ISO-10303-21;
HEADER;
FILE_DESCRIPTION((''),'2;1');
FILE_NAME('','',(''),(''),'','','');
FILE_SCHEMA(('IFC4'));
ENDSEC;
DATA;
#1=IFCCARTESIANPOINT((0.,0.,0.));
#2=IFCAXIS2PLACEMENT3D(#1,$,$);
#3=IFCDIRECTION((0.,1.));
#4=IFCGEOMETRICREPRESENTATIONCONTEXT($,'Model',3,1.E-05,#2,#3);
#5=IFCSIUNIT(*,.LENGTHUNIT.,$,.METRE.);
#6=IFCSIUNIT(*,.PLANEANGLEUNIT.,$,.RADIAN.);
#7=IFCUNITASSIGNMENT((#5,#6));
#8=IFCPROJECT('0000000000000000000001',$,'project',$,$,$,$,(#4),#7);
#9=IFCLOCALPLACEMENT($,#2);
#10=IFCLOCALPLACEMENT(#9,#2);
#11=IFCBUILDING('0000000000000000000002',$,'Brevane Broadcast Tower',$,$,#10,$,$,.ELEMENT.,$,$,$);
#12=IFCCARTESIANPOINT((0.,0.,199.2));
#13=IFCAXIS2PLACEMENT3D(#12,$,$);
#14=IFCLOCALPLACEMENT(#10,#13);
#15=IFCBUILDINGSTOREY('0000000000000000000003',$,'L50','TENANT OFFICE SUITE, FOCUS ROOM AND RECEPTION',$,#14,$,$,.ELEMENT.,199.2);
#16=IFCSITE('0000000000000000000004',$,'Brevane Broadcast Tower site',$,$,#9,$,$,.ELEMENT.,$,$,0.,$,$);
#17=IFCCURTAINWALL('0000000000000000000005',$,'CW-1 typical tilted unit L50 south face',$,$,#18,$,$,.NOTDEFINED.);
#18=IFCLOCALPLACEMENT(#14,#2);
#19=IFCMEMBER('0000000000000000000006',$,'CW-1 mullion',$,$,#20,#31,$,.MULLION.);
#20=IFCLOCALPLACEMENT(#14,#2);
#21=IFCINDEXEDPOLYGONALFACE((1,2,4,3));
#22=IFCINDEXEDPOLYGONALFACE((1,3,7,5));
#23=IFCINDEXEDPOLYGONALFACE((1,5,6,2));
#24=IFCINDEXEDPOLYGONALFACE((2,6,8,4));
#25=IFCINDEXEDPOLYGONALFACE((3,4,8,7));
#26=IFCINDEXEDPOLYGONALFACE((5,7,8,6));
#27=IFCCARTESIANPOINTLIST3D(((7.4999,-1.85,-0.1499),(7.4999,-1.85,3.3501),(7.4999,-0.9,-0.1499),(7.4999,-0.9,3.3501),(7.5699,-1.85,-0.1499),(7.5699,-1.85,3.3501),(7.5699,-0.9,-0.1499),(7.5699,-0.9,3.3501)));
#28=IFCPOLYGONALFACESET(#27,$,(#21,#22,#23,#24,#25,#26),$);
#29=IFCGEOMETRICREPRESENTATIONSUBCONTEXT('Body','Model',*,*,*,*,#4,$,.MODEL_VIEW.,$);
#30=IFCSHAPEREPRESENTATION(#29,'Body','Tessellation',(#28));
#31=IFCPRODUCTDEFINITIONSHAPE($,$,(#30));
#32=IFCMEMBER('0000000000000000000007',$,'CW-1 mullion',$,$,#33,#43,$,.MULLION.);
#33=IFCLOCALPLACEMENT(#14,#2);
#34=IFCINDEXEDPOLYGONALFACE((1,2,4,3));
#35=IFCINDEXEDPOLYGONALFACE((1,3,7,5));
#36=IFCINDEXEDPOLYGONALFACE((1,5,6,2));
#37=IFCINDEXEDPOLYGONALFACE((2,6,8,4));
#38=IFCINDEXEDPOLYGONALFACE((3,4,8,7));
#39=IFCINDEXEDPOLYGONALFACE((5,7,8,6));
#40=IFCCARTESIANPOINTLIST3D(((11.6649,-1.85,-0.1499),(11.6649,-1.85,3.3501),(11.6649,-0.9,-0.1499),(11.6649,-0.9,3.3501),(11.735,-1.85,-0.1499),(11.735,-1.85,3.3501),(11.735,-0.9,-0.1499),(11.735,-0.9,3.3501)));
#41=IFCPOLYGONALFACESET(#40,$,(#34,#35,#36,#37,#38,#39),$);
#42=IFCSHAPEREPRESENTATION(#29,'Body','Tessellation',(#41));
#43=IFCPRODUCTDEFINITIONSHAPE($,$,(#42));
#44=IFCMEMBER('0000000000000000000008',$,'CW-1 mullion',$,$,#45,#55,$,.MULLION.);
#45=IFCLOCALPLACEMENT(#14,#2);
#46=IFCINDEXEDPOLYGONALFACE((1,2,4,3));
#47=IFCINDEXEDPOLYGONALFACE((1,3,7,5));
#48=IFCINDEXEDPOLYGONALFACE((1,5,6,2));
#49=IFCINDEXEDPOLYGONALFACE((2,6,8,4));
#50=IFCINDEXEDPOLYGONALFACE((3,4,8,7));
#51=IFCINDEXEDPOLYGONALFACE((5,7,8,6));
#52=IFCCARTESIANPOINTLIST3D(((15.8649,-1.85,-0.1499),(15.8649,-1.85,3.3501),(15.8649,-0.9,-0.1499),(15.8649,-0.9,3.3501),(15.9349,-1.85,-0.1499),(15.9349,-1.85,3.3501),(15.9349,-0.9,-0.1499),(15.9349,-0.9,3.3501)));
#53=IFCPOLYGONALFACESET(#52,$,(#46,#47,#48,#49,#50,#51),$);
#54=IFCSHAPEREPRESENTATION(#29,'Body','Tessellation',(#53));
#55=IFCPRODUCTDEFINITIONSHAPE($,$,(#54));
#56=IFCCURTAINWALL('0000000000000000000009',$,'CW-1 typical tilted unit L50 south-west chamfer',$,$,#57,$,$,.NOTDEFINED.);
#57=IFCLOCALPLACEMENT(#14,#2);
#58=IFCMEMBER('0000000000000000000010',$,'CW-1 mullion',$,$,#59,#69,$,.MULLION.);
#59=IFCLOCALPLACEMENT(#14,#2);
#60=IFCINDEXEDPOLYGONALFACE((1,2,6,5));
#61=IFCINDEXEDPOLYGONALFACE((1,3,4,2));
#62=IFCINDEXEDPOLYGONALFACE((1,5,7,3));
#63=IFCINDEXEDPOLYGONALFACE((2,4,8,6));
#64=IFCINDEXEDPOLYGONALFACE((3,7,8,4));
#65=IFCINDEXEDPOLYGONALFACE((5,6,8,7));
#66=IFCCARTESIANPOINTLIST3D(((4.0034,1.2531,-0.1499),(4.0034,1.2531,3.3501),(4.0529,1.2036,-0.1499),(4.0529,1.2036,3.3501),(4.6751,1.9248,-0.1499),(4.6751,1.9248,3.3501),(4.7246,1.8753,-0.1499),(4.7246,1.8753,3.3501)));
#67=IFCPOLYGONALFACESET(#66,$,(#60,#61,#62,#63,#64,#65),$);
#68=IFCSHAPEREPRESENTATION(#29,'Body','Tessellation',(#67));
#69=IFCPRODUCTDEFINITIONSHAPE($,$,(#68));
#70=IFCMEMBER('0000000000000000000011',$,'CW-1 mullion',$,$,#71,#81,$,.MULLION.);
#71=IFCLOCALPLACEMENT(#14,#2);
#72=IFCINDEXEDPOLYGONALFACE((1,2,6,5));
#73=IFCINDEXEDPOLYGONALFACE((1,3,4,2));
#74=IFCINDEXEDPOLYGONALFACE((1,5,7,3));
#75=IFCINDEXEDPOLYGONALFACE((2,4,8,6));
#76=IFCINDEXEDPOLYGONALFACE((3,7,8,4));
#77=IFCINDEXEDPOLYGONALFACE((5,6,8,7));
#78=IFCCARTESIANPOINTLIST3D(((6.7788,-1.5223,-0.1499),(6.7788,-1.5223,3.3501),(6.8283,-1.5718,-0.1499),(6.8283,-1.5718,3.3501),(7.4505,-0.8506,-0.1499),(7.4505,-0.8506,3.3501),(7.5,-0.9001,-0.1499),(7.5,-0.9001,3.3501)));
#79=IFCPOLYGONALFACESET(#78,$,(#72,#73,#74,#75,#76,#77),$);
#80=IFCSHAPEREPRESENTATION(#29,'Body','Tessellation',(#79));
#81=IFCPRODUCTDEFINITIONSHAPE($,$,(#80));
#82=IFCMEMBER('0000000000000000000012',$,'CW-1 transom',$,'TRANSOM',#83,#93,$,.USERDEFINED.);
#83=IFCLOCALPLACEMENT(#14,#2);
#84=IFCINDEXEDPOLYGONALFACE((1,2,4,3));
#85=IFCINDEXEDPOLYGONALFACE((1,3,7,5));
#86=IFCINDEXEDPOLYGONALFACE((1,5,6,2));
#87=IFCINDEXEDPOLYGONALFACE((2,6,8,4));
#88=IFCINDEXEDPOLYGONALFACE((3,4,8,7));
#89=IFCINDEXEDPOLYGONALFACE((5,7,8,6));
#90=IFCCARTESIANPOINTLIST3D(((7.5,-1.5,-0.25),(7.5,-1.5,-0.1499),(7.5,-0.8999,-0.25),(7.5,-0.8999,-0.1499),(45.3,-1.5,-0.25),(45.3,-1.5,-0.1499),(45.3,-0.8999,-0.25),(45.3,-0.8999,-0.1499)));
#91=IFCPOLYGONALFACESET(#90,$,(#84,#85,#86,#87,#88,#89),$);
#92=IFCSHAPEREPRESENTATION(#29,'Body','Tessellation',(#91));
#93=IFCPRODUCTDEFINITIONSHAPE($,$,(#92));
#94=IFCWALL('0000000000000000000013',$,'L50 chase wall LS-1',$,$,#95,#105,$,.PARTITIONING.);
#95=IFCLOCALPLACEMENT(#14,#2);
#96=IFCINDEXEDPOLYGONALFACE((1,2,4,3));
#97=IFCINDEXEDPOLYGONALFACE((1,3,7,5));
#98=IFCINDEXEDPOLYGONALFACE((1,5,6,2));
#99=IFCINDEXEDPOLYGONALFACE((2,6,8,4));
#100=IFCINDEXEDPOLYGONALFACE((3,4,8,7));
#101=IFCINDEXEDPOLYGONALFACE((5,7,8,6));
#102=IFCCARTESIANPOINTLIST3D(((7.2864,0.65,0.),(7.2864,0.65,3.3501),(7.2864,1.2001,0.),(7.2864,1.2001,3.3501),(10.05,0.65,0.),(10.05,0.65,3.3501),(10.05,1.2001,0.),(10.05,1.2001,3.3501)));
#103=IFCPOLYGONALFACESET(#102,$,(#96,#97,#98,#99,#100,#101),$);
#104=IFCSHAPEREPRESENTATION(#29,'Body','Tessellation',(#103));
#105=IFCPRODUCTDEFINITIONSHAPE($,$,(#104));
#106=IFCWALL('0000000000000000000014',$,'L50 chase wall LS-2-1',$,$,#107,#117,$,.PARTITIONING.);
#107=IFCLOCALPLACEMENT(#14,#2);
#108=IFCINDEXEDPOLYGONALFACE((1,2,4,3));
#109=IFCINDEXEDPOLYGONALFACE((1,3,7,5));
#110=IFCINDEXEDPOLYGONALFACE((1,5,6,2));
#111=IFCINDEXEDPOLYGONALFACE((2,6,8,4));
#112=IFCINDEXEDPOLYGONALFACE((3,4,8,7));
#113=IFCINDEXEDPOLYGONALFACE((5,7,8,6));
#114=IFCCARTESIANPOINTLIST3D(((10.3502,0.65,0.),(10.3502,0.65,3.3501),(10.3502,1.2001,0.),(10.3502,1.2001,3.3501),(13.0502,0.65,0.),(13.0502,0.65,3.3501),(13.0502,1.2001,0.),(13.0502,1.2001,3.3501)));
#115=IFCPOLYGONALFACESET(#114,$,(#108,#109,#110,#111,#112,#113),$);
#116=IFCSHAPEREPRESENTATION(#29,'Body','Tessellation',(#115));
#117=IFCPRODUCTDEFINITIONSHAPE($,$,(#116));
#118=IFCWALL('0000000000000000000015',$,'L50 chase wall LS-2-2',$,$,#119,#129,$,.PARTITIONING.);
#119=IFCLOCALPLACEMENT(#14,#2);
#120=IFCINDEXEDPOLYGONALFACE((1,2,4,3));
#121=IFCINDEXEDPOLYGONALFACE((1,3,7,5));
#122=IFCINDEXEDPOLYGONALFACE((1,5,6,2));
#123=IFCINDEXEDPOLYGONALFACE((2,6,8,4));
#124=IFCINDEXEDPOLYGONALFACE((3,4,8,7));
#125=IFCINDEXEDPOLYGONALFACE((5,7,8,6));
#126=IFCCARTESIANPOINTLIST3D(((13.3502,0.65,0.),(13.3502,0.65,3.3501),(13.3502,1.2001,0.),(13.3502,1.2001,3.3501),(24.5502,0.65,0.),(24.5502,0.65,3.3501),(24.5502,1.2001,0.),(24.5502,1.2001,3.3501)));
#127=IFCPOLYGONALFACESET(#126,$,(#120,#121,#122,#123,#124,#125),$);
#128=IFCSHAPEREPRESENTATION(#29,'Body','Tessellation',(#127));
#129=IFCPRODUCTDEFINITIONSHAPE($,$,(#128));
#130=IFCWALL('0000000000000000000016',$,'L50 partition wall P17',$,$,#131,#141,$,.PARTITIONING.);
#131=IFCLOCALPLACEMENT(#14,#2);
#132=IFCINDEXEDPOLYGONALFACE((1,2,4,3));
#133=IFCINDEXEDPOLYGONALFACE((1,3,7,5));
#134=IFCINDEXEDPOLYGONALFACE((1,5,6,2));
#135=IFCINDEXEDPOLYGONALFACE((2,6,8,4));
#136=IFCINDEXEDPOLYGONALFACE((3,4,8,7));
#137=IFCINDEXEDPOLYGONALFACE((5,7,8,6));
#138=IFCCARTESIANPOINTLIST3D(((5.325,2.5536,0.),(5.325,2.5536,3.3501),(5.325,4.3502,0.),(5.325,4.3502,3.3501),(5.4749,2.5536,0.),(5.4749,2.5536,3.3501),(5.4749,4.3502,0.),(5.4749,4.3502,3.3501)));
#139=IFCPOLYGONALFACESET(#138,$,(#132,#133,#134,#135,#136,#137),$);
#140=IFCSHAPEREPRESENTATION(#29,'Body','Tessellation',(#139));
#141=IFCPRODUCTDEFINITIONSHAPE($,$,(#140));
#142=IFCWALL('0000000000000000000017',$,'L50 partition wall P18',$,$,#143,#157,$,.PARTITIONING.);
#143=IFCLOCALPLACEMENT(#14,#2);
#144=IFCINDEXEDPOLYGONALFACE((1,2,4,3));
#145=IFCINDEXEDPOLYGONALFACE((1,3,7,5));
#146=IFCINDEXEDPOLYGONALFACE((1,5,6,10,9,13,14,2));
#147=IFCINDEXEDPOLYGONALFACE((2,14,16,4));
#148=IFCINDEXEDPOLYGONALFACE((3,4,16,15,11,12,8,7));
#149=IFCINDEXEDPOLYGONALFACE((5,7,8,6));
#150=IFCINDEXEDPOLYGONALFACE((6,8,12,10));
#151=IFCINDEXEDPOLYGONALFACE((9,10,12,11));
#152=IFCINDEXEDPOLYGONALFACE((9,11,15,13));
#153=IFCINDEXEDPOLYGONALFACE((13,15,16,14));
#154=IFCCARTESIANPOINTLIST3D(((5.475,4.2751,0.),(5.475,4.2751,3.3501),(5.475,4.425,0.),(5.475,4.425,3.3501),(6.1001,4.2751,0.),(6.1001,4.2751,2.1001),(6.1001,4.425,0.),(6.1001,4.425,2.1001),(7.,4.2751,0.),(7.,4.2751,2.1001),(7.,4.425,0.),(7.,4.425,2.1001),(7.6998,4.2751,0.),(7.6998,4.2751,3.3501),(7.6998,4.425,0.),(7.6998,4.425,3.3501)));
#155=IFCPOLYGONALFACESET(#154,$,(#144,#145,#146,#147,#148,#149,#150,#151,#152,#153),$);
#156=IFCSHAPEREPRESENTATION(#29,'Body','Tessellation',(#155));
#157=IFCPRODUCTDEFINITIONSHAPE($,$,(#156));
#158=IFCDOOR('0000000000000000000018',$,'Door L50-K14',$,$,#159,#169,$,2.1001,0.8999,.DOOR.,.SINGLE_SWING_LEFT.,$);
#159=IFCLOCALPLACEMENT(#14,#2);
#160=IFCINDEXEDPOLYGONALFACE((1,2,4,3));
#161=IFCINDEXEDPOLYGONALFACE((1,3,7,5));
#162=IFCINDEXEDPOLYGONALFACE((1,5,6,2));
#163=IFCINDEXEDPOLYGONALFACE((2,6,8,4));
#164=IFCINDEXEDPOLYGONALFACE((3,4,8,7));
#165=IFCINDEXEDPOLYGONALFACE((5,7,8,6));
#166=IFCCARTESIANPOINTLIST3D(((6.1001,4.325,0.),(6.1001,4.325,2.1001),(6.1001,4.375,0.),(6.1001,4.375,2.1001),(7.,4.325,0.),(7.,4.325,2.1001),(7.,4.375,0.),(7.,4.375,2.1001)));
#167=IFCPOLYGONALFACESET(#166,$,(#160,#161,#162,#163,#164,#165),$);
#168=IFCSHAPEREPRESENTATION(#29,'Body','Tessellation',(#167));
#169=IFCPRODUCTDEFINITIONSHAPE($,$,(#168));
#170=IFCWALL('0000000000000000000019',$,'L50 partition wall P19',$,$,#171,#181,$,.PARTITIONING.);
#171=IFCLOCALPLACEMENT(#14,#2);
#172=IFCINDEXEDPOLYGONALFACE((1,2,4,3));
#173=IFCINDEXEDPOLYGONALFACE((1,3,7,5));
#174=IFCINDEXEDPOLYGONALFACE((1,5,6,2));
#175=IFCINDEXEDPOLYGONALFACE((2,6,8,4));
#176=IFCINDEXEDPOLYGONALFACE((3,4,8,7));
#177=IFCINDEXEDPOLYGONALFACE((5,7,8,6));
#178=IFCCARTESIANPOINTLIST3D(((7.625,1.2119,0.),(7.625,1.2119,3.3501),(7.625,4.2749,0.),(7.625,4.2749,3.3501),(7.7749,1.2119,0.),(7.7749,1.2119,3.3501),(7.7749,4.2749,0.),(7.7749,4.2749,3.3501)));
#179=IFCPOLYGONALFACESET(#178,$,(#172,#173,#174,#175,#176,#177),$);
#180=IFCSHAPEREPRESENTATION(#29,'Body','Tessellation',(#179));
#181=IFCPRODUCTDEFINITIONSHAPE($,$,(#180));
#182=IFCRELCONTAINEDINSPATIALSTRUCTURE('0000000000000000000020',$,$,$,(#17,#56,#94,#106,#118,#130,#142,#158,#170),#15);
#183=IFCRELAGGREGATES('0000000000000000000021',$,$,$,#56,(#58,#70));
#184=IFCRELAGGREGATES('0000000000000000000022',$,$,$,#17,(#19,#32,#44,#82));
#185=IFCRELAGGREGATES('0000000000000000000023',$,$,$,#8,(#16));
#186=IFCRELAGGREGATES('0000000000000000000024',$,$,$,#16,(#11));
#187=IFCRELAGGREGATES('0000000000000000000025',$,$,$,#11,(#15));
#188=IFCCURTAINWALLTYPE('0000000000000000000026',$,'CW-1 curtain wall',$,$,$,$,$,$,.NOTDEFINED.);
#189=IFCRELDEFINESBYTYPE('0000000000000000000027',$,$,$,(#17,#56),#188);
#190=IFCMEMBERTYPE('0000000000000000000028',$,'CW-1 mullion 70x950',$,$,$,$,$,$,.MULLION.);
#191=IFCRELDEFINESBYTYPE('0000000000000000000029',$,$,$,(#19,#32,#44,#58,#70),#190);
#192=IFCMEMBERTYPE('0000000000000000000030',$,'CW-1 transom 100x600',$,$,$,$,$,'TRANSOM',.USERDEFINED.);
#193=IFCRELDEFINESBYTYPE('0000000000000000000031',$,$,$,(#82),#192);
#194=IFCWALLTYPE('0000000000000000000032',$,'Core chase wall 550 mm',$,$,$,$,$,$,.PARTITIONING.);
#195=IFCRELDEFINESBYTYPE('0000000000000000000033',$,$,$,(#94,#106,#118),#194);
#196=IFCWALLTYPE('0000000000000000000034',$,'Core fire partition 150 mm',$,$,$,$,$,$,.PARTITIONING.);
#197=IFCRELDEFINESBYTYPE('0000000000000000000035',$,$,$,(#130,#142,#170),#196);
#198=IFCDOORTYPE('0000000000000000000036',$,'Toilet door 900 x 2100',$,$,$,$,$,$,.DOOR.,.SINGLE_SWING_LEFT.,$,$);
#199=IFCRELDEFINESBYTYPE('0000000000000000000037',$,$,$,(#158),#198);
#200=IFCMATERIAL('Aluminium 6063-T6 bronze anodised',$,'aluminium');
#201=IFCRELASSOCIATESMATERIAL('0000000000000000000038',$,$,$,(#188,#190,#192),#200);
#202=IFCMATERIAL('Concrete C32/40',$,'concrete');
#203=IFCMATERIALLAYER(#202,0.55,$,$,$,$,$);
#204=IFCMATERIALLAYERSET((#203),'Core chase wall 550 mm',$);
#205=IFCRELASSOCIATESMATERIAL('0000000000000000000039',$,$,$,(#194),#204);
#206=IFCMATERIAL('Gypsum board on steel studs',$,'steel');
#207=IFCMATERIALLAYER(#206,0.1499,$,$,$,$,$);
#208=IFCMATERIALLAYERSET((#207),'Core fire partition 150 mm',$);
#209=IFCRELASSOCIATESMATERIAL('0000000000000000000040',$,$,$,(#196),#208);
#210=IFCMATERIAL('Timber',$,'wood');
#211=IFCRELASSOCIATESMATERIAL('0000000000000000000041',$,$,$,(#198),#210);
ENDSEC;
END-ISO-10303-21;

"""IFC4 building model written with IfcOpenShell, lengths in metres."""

from ifc_helpers import new_model, si_unit, direction, frame, frame_2d, origin, origin_2d, place, context, subcontext, project, spatial, rectangle, extrude, material, layer, layer_set, material_profile, profile_set, type_object, element, fill, aggregate, save


model = new_model("IFC4")

# Units and contexts
model_context = context("Model", 3, precision=1e-05, world=origin(), true_north=direction((0.0, 1.0)))
body_context = subcontext(model_context, "Body", "Model", "MODEL_VIEW")
ifc_project = project(units=[si_unit("LENGTHUNIT", "METRE"), si_unit("PLANEANGLEUNIT", "RADIAN")], contexts=[model_context])

# Site, building, storey
site_placement = place(None, origin())
site = spatial("IfcSite", under=ifc_project, at=site_placement, Name="Brevane Broadcast Tower site", CompositionType="ELEMENT", RefElevation=0.0)
building_placement = place(site_placement, origin())
building = spatial("IfcBuilding", under=site, at=building_placement, Name="Brevane Broadcast Tower", CompositionType="ELEMENT")
storey_placement = place(building_placement, frame((0.0, 0.0, 199.2)))
storey = spatial("IfcBuildingStorey", under=building, at=storey_placement, Name="L50", Description="TENANT OFFICE SUITE, FOCUS ROOM AND RECEPTION", CompositionType="ELEMENT", Elevation=199.2)

# Curtain walls, members
ifc_material_1 = material(Name="Aluminium 6063-T6 bronze anodised", Category="aluminium")
curtain_wall_type = type_object("IfcCurtainWallType", Name="CW-1 curtain wall", PredefinedType="NOTDEFINED", material=ifc_material_1)
curtain_wall_1_placement = place(storey_placement, origin())
curtain_wall_1 = element("IfcCurtainWall", 1, at=curtain_wall_1_placement, inside=storey, type_object=curtain_wall_type, Name="CW-1 typical tilted unit L50 south face", PredefinedType="NOTDEFINED")
ifc_material_profile_1 = material_profile(ifc_material_1, rectangle(XDim=0.95, YDim=0.0701, at=origin_2d()), Name="RECT 70x950")
ifc_profile_set_1 = profile_set([ifc_material_profile_1], Name="Aluminium 6063-T6 bronze anodised")
member_type_1 = type_object("IfcMemberType", Name="CW-1 mullion 70x950", PredefinedType="MULLION", material=ifc_profile_set_1)
member_1_placement = place(storey_placement, frame((7.5349, -1.375, -0.1499), z_axis=(0.0, 0.0, 1.0), x_axis=(0.0, 1.0, 0.0)))
member_1 = element("IfcMember", 2, at=member_1_placement, type_object=member_type_1, Name="CW-1 mullion", PredefinedType="MULLION", context=body_context, shape_type="SweptSolid", body=[
    extrude(rectangle(XDim=0.95, YDim=0.0701, at=origin_2d()), origin(), (0.0, 0.0, 1.0), 3.5),
])
member_2_placement = place(storey_placement, frame((11.7, -1.375, -0.1499), z_axis=(0.0, 0.0, 1.0), x_axis=(0.0, 1.0, 0.0)))
member_2 = element("IfcMember", 3, at=member_2_placement, type_object=member_type_1, Name="CW-1 mullion", PredefinedType="MULLION", context=body_context, shape_type="SweptSolid", body=[
    extrude(rectangle(XDim=0.95, YDim=0.0701, at=origin_2d()), origin(), (0.0, 0.0, 1.0), 3.5),
])
member_3_placement = place(storey_placement, frame((15.8999, -1.375, -0.1499), z_axis=(0.0, 0.0, 1.0), x_axis=(0.0, 1.0, 0.0)))
member_3 = element("IfcMember", 4, at=member_3_placement, type_object=member_type_1, Name="CW-1 mullion", PredefinedType="MULLION", context=body_context, shape_type="SweptSolid", body=[
    extrude(rectangle(XDim=0.95, YDim=0.0701, at=origin_2d()), origin(), (0.0, 0.0, 1.0), 3.5),
])
curtain_wall_2_placement = place(storey_placement, origin())
curtain_wall_2 = element("IfcCurtainWall", 5, at=curtain_wall_2_placement, inside=storey, type_object=curtain_wall_type, Name="CW-1 typical tilted unit L50 south-west chamfer", PredefinedType="NOTDEFINED")
member_4_placement = place(storey_placement, frame((4.364, 1.5642, -0.1499), z_axis=(0.0, 0.0, 1.0), x_axis=(0.707107, 0.707107, 0.0)))
member_4 = element("IfcMember", 6, at=member_4_placement, type_object=member_type_1, Name="CW-1 mullion", PredefinedType="MULLION", context=body_context, shape_type="SweptSolid", body=[
    extrude(rectangle(XDim=0.95, YDim=0.0701, at=origin_2d()), origin(), (0.0, 0.0, 1.0), 3.5),
])
member_5_placement = place(storey_placement, frame((7.1394, -1.2112, -0.1499), z_axis=(0.0, 0.0, 1.0), x_axis=(0.707107, 0.707107, 0.0)))
member_5 = element("IfcMember", 7, at=member_5_placement, type_object=member_type_1, Name="CW-1 mullion", PredefinedType="MULLION", context=body_context, shape_type="SweptSolid", body=[
    extrude(rectangle(XDim=0.95, YDim=0.0701, at=origin_2d()), origin(), (0.0, 0.0, 1.0), 3.5),
])
aggregate(curtain_wall_2, [member_4, member_5])

# Member
ifc_material_profile_2 = material_profile(ifc_material_1, rectangle(XDim=0.6001, YDim=0.1001, at=origin_2d()), Name="RECT 100x600")
ifc_profile_set_2 = profile_set([ifc_material_profile_2], Name="Aluminium 6063-T6 bronze anodised")
member_type_2 = type_object("IfcMemberType", Name="CW-1 transom 100x600", ElementType="TRANSOM", PredefinedType="USERDEFINED", material=ifc_profile_set_2)
member_6_placement = place(storey_placement, frame((7.5, -1.2, -0.2), z_axis=(1.0, 0.0, 0.0), x_axis=(0.0, 1.0, 0.0)))
member_6 = element("IfcMember", 8, at=member_6_placement, type_object=member_type_2, Name="CW-1 transom", ObjectType="TRANSOM", PredefinedType="USERDEFINED", context=body_context, shape_type="SweptSolid", body=[
    extrude(rectangle(XDim=0.6001, YDim=0.1001, at=origin_2d()), origin(), (0.0, 0.0, 1.0), 37.8),
])
aggregate(curtain_wall_1, [member_1, member_2, member_3, member_6])

# Walls
ifc_material_2 = material(Name="Concrete C32/40", Category="concrete")
ifc_layer_1 = layer(ifc_material_2, 0.55)
ifc_layer_set_1 = layer_set([ifc_layer_1], Name="Core chase wall 550 mm")
wall_type_1 = type_object("IfcWallType", Name="Core chase wall 550 mm", PredefinedType="PARTITIONING", material=ifc_layer_set_1)
wall_1_placement = place(storey_placement, frame((7.2864, 0.925, 0.0), z_axis=(0.0, 0.0, 1.0), x_axis=(1.0, 0.0, 0.0)))
element("IfcWall", 9, at=wall_1_placement, inside=storey, type_object=wall_type_1, Name="L50 chase wall LS-1", PredefinedType="PARTITIONING", context=body_context, shape_type="SweptSolid", body=[
    extrude(rectangle(XDim=2.7637, YDim=0.55, at=frame_2d((1.3818, 0.0))), origin(), (0.0, 0.0, 1.0), 3.3501),
])
wall_2_placement = place(storey_placement, frame((10.3501, 0.925, 0.0), z_axis=(0.0, 0.0, 1.0), x_axis=(1.0, 0.0, 0.0)))
element("IfcWall", 10, at=wall_2_placement, inside=storey, type_object=wall_type_1, Name="L50 chase wall LS-2-1", PredefinedType="PARTITIONING", context=body_context, shape_type="SweptSolid", body=[
    extrude(rectangle(XDim=2.7, YDim=0.55, at=frame_2d((1.3501, 0.0))), origin(), (0.0, 0.0, 1.0), 3.3501),
])
wall_3_placement = place(storey_placement, frame((13.3501, 0.925, 0.0), z_axis=(0.0, 0.0, 1.0), x_axis=(1.0, 0.0, 0.0)))
element("IfcWall", 11, at=wall_3_placement, inside=storey, type_object=wall_type_1, Name="L50 chase wall LS-2-2", PredefinedType="PARTITIONING", context=body_context, shape_type="SweptSolid", body=[
    extrude(rectangle(XDim=11.2, YDim=0.55, at=frame_2d((5.6001, 0.0))), origin(), (0.0, 0.0, 1.0), 3.3501),
])
ifc_material_3 = material(Name="Gypsum board on steel studs", Category="steel")
ifc_layer_2 = layer(ifc_material_3, 0.1499)
ifc_layer_set_2 = layer_set([ifc_layer_2], Name="Core fire partition 150 mm")
wall_type_2 = type_object("IfcWallType", Name="Core fire partition 150 mm", PredefinedType="PARTITIONING", material=ifc_layer_set_2)
wall_4_placement = place(storey_placement, frame((5.3999, 2.5535, 0.0), z_axis=(0.0, 0.0, 1.0), x_axis=(0.0, 1.0, 0.0)))
element("IfcWall", 12, at=wall_4_placement, inside=storey, type_object=wall_type_2, Name="L50 partition wall P17", PredefinedType="PARTITIONING", context=body_context, shape_type="SweptSolid", body=[
    extrude(rectangle(XDim=1.7966, YDim=0.1499, at=frame_2d((0.8984, 0.0))), origin(), (0.0, 0.0, 1.0), 3.3501),
])

# Wall, opening, door
wall_5_placement = place(storey_placement, frame((5.4751, 4.3501, 0.0), z_axis=(0.0, 0.0, 1.0), x_axis=(1.0, 0.0, 0.0)))
wall_5 = element("IfcWall", 13, at=wall_5_placement, inside=storey, type_object=wall_type_2, Name="L50 partition wall P18", PredefinedType="PARTITIONING", context=body_context, shape_type="SweptSolid", body=[
    extrude(rectangle(XDim=2.2249, YDim=0.1499, at=frame_2d((1.1123, 0.0))), origin(), (0.0, 0.0, 1.0), 3.3501),
])
opening_1_placement = place(wall_5_placement, frame((0.625, 0.0, 0.0)))
opening_1 = element("IfcOpeningElement", 14, at=opening_1_placement, cuts=wall_5, PredefinedType="OPENING", context=body_context, shape_type="SweptSolid", body=[
    extrude(rectangle(XDim=0.8999, YDim=2.1001, at=frame_2d((0.45, 1.05))), frame((0.0, 0.085, 0.0), z_axis=(0.0, -1.0, 0.0), x_axis=(1.0, 0.0, 0.0)), (0.0, 0.0, 1.0), 0.1699),
])
ifc_material_4 = material(Name="Timber", Category="wood")
door_type_1 = type_object("IfcDoorType", Name="Toilet door 900 x 2100", OperationType="SINGLE_SWING_LEFT", PredefinedType="DOOR", material=ifc_material_4)
door_1_placement = place(opening_1_placement, origin())
door_1 = element("IfcDoor", 15, at=door_1_placement, inside=storey, type_object=door_type_1, Name="Door L50-K14", OperationType="SINGLE_SWING_LEFT", OverallHeight=2.1001, OverallWidth=0.8999, PredefinedType="DOOR", context=body_context, shape_type="SweptSolid", body=[
    extrude(rectangle(XDim=0.8999, YDim=2.1001, at=frame_2d((0.45, 1.05))), frame((0.0, 0.0249, 0.0), z_axis=(0.0, -1.0, 0.0), x_axis=(1.0, 0.0, 0.0)), (0.0, 0.0, 1.0), 0.05),
])
fill(opening_1, door_1)

# Wall
wall_6_placement = place(storey_placement, frame((7.7, 4.2749, 0.0), z_axis=(0.0, 0.0, 1.0), x_axis=(0.0, -1.0, 0.0)))
element("IfcWall", 16, at=wall_6_placement, inside=storey, type_object=wall_type_2, Name="L50 partition wall P19", PredefinedType="PARTITIONING", context=body_context, shape_type="SweptSolid", body=[
    extrude(rectangle(XDim=3.063, YDim=0.1499, at=frame_2d((1.5315, 0.0))), origin(), (0.0, 0.0, 1.0), 3.3501),
])

save(model, "model.ifc")
